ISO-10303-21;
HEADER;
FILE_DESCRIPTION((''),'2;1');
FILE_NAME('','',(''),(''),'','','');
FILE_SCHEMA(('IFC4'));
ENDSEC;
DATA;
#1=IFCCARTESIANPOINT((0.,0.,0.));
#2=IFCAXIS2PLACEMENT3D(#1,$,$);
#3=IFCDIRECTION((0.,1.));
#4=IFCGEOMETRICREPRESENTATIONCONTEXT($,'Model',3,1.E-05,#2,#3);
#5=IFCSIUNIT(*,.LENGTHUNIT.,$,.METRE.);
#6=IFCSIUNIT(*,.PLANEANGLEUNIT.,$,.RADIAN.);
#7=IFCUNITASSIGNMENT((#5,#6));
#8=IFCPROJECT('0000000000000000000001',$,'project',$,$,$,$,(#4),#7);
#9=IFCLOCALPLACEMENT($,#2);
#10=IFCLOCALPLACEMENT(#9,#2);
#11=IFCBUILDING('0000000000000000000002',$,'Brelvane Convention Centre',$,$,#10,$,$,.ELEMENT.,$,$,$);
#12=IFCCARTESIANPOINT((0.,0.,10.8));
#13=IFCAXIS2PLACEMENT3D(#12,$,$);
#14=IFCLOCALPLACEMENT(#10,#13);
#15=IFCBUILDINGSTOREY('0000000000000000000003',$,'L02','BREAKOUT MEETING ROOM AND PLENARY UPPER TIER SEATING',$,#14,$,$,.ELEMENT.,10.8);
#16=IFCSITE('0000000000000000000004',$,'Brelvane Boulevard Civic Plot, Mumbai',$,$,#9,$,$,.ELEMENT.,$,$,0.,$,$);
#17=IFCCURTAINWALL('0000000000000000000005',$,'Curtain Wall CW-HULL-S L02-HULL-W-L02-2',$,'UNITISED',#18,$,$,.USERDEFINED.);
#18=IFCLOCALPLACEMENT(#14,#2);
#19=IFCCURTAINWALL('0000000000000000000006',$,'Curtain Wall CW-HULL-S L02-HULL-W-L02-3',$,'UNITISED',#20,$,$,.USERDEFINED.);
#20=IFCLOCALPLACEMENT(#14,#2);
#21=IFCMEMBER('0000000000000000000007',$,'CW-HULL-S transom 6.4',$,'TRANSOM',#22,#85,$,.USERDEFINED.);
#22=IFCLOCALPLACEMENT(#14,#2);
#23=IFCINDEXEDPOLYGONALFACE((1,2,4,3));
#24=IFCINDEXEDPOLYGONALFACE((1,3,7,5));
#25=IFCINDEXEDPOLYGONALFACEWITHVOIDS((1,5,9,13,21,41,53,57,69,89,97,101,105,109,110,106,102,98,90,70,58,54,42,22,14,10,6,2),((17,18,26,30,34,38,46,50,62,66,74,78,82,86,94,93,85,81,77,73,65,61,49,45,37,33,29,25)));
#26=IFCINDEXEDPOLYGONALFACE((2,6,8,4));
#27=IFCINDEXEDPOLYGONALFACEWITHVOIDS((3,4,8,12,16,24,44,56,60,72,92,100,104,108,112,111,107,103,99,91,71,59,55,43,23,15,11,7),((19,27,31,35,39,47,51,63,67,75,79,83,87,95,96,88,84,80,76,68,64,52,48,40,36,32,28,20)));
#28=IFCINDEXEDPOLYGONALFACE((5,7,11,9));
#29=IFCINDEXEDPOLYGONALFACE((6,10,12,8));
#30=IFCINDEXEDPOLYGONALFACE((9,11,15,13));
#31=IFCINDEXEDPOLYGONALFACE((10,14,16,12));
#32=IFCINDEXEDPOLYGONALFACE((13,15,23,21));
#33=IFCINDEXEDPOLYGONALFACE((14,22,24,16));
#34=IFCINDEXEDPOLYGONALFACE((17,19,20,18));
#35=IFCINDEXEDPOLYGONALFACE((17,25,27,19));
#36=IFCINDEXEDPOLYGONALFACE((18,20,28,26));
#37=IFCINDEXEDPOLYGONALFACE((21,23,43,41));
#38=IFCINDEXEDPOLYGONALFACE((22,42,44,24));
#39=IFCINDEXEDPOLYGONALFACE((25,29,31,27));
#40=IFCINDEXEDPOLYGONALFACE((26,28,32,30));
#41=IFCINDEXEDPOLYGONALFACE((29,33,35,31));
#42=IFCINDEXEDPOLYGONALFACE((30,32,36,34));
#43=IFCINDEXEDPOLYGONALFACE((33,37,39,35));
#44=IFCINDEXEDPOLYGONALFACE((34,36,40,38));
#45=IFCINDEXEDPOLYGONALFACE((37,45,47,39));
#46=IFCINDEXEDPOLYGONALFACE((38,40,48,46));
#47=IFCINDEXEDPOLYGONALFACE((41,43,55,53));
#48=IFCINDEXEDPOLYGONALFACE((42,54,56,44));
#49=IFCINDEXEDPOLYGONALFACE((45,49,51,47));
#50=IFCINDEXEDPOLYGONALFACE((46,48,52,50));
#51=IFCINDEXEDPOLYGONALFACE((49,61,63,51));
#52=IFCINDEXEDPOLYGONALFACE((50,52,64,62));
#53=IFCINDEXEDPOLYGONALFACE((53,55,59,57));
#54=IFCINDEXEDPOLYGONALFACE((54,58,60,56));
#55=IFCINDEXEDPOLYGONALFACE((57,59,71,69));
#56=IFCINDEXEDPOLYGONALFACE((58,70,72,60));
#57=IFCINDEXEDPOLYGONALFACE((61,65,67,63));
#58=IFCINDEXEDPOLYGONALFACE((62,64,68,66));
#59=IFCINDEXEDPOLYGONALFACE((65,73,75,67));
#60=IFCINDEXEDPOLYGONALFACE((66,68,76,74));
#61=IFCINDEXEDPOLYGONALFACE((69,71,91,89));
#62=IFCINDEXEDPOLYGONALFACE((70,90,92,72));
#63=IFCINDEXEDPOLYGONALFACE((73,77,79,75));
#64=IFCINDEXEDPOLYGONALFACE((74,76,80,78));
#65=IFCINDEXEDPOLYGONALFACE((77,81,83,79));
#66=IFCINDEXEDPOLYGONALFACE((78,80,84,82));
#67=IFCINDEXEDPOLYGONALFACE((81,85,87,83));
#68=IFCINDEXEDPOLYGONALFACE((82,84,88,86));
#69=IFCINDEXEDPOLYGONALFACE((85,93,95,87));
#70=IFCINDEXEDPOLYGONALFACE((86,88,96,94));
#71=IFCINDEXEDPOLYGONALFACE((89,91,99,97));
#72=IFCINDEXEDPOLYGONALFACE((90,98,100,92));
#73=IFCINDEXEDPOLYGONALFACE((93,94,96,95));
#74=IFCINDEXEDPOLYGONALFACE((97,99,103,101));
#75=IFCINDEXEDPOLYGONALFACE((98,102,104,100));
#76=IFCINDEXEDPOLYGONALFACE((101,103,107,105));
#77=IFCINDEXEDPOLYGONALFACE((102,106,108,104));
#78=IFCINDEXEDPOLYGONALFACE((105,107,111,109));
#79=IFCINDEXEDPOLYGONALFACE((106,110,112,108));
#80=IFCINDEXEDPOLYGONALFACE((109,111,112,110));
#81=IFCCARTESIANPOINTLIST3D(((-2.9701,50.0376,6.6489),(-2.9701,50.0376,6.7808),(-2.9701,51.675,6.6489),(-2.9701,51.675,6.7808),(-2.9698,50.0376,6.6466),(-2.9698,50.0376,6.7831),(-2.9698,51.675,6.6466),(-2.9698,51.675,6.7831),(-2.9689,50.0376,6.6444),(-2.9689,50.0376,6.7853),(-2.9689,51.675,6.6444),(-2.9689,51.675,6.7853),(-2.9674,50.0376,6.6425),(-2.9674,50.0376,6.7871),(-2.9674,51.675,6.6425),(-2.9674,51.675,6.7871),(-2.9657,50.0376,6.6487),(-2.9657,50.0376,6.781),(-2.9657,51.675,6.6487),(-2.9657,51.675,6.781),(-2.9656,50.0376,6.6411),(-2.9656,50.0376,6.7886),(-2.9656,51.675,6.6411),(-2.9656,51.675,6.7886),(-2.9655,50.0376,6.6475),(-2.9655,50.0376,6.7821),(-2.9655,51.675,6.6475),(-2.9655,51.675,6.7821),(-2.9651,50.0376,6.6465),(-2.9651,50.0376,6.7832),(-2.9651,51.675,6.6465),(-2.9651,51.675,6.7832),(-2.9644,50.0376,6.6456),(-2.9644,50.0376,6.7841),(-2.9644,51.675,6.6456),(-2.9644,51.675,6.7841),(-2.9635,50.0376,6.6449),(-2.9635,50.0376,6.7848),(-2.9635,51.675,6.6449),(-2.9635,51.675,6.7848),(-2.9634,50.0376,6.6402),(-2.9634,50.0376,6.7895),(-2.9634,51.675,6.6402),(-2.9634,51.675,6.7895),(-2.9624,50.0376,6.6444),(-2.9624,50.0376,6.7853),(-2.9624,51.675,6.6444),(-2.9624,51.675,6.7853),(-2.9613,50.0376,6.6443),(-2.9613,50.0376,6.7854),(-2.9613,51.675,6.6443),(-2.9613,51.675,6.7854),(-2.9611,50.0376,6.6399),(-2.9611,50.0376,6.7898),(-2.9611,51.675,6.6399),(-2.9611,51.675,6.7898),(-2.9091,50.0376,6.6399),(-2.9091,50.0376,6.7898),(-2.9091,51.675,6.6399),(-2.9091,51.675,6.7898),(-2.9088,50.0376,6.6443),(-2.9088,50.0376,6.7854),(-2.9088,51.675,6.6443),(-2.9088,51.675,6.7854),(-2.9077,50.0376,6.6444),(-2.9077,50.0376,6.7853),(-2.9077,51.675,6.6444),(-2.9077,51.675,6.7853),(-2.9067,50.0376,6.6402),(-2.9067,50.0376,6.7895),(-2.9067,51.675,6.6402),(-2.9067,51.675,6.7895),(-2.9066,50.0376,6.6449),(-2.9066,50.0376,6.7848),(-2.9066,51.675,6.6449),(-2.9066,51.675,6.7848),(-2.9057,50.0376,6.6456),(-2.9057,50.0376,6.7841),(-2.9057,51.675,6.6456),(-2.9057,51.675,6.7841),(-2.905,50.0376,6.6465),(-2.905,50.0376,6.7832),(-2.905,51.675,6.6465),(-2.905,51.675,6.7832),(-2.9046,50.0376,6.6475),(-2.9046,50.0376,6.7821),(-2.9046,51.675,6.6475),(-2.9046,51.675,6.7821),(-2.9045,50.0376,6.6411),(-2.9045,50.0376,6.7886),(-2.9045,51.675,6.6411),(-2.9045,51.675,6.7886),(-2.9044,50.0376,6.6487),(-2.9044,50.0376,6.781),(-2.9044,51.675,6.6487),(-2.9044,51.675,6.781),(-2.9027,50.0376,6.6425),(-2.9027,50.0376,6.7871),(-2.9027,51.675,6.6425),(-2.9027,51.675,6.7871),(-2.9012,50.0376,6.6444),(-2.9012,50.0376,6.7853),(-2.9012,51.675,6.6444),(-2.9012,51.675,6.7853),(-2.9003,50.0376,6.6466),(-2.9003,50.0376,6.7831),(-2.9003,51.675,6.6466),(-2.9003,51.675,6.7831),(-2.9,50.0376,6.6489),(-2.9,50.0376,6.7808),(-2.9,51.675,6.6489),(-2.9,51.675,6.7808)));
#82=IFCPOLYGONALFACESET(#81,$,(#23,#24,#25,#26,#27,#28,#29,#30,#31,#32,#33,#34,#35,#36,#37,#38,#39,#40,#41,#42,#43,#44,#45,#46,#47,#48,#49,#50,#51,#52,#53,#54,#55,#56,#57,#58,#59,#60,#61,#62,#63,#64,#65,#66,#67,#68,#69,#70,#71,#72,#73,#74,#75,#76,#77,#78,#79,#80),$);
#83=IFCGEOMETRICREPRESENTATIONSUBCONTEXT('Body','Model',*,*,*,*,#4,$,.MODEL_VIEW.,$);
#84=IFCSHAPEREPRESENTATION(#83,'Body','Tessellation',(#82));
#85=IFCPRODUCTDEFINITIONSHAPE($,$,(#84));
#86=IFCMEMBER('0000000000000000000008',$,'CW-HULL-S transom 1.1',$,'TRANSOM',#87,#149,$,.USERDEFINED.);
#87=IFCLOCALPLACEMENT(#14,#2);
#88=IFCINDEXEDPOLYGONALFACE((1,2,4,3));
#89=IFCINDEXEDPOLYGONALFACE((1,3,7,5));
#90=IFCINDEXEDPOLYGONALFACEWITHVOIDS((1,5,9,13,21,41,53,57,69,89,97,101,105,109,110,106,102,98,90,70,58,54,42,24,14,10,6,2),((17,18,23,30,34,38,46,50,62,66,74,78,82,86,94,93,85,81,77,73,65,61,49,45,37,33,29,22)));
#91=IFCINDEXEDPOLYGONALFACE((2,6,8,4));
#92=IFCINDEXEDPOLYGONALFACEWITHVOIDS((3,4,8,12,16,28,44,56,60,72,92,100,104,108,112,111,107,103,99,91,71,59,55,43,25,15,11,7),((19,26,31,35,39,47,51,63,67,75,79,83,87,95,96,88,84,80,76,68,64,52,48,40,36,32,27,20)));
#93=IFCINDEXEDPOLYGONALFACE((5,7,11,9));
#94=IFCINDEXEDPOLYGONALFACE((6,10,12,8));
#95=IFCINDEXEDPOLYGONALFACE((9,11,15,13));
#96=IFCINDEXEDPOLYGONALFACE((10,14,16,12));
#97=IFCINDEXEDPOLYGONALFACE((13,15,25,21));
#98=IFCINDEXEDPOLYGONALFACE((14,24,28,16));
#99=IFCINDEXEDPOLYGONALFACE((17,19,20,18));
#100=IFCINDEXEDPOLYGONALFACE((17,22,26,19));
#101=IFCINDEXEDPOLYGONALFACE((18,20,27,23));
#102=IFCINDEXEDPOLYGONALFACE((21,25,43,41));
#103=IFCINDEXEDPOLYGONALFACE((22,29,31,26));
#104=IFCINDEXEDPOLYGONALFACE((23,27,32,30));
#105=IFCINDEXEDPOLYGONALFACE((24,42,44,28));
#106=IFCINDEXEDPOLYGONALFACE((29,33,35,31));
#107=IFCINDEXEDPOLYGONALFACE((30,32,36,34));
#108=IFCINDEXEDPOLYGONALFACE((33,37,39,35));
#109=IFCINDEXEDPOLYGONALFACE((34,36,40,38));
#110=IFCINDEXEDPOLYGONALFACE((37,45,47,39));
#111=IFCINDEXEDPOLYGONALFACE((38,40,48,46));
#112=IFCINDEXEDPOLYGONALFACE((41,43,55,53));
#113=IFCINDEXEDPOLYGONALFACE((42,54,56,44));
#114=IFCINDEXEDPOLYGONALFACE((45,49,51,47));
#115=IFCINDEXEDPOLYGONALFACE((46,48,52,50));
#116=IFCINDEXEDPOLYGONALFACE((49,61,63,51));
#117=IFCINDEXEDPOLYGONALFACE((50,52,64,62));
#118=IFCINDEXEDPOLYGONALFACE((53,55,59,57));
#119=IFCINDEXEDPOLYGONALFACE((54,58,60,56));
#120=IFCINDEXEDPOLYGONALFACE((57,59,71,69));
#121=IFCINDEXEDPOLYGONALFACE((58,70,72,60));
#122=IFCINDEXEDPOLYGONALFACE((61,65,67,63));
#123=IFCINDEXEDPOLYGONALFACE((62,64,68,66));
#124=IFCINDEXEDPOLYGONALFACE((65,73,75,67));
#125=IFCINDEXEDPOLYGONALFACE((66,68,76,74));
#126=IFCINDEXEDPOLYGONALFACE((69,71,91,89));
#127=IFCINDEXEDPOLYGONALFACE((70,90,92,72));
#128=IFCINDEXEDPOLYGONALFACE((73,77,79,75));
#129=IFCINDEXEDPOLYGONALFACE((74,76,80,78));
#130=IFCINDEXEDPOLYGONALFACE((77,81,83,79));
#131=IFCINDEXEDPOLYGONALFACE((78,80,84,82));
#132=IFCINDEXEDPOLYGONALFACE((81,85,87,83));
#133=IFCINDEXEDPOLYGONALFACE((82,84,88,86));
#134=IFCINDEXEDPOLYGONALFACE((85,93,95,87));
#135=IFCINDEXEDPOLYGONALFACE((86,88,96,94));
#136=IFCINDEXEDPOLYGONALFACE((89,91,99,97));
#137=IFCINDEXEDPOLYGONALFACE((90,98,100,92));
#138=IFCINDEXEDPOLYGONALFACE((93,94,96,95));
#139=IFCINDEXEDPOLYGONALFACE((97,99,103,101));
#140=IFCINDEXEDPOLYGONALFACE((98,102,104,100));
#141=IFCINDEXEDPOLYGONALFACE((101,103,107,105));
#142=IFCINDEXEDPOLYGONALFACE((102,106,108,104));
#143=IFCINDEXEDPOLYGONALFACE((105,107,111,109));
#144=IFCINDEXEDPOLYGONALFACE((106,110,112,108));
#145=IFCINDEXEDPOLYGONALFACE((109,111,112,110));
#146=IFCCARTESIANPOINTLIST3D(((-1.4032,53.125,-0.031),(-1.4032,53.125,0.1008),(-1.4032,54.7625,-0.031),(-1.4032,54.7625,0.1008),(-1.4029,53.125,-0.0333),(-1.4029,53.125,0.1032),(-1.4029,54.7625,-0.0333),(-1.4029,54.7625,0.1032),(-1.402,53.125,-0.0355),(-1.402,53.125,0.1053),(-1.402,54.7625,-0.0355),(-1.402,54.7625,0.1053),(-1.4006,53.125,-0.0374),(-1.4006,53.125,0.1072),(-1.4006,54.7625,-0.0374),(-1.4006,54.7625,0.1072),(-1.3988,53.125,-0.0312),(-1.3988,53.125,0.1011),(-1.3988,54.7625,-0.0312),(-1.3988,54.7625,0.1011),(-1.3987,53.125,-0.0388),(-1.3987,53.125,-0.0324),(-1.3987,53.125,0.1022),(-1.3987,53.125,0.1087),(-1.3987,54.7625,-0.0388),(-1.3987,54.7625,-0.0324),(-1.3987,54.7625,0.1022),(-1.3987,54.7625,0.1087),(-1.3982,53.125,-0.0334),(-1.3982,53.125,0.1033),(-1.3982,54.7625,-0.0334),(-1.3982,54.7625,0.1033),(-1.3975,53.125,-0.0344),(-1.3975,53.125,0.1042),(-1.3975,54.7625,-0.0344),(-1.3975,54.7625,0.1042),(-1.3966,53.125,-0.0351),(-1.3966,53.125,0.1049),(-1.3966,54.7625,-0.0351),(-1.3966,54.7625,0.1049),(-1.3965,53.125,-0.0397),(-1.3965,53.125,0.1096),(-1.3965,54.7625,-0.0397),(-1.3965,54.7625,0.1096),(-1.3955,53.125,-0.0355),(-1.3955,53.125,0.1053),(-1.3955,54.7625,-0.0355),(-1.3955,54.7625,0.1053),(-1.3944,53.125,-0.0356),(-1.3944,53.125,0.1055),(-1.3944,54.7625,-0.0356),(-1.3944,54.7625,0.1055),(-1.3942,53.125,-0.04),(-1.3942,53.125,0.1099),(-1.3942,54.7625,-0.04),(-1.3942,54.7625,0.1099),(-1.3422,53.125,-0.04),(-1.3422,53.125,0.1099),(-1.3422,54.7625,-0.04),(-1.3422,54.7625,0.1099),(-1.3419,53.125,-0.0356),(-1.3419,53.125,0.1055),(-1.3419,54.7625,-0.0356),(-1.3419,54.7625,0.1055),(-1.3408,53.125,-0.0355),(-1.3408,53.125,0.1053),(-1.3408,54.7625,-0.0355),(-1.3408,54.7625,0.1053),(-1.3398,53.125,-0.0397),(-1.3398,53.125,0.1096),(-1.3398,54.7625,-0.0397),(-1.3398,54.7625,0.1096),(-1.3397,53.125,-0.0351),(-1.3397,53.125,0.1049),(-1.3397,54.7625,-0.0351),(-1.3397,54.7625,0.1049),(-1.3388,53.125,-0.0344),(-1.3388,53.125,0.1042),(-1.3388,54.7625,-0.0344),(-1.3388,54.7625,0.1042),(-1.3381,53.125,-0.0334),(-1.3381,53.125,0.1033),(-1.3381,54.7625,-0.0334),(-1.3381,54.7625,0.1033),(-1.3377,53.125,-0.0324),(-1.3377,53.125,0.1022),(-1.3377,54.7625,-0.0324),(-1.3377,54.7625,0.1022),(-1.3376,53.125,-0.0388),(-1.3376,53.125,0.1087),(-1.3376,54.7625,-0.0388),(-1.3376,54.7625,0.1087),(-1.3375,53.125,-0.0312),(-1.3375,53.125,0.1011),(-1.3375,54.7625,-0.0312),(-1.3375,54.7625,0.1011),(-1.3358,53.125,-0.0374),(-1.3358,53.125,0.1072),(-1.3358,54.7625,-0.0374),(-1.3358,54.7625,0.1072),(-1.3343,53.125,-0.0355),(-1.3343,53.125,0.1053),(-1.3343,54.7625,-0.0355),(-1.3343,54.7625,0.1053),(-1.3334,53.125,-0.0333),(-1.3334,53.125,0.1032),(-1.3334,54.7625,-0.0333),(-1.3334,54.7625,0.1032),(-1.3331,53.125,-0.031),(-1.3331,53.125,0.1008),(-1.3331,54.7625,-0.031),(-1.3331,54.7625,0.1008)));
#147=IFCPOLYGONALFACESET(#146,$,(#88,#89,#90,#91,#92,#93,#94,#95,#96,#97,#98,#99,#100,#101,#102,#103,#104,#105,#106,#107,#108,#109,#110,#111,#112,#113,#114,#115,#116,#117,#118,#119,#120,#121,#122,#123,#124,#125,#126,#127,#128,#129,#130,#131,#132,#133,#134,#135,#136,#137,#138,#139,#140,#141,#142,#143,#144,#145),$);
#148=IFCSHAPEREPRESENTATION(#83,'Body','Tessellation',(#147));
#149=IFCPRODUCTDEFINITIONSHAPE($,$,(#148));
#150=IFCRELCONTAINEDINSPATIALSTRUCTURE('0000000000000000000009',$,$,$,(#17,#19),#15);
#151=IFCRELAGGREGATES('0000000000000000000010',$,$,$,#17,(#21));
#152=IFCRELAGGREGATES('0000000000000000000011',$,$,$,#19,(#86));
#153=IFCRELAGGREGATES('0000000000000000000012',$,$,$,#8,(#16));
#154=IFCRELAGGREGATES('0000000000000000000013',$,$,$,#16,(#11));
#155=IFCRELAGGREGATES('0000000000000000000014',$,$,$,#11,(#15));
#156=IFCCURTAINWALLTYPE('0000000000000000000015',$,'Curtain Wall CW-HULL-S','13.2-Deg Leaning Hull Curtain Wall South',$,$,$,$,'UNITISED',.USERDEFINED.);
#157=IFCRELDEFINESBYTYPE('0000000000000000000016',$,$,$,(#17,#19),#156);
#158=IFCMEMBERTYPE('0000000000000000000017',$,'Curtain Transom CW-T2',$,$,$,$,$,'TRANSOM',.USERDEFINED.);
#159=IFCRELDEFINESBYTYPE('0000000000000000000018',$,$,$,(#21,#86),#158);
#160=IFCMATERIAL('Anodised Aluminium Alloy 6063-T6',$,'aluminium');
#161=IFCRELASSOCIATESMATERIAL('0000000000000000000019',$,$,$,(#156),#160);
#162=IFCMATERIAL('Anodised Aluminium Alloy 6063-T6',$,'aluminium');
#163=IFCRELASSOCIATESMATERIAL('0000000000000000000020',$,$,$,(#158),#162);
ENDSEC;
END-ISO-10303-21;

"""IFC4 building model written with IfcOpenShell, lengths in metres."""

from ifc_helpers import new_model, si_unit, direction, frame, origin, origin_2d, place, context, subcontext, project, spatial, hollow_rectangle, extrude, material, material_profile, profile_set, type_object, element, aggregate, save


model = new_model("IFC4")

# Units and contexts
model_context = context("Model", 3, precision=1e-05, world=origin(), true_north=direction((0.0, 1.0)))
body_context = subcontext(model_context, "Body", "Model", "MODEL_VIEW")
ifc_project = project(units=[si_unit("LENGTHUNIT", "METRE"), si_unit("PLANEANGLEUNIT", "RADIAN")], contexts=[model_context])

# Site, building, storey
site_placement = place(None, origin())
site = spatial("IfcSite", under=ifc_project, at=site_placement, Name="Brelvane Boulevard Civic Plot, Mumbai", CompositionType="ELEMENT", RefElevation=0.0)
building_placement = place(site_placement, origin())
building = spatial("IfcBuilding", under=site, at=building_placement, Name="Brelvane Convention Centre", CompositionType="ELEMENT")
storey_placement = place(building_placement, frame((0.0, 0.0, 10.8)))
storey = spatial("IfcBuildingStorey", under=building, at=storey_placement, Name="L02", Description="BREAKOUT MEETING ROOM AND PLENARY UPPER TIER SEATING", CompositionType="ELEMENT", Elevation=10.8)

# Curtain walls
ifc_material_1 = material(Name="Anodised Aluminium Alloy 6063-T6", Category="aluminium")
curtain_wall_type = type_object("IfcCurtainWallType", Name="Curtain Wall CW-HULL-S", Description="13.2-Deg Leaning Hull Curtain Wall South", ElementType="UNITISED", PredefinedType="USERDEFINED", material=ifc_material_1)
curtain_wall_1_placement = place(storey_placement, origin())
curtain_wall_1 = element("IfcCurtainWall", 1, at=curtain_wall_1_placement, inside=storey, type_object=curtain_wall_type, Name="Curtain Wall CW-HULL-S L02-HULL-W-L02-2", ObjectType="UNITISED", PredefinedType="USERDEFINED")
curtain_wall_2_placement = place(storey_placement, origin())
curtain_wall_2 = element("IfcCurtainWall", 2, at=curtain_wall_2_placement, inside=storey, type_object=curtain_wall_type, Name="Curtain Wall CW-HULL-S L02-HULL-W-L02-3", ObjectType="UNITISED", PredefinedType="USERDEFINED")

# Members
ifc_material_2 = material(Name="Anodised Aluminium Alloy 6063-T6", Category="aluminium")
ifc_material_profile_1 = material_profile(ifc_material_2, hollow_rectangle(XDim=0.0701, YDim=0.1499, WallThickness=0.0044, InnerFilletRadius=0.0044, OuterFilletRadius=0.009, at=origin_2d()), Name="ALU-T 150x70x4.5")
ifc_profile_set_1 = profile_set([ifc_material_profile_1], Name="Anodised Aluminium Alloy 6063-T6")
member_type_1 = type_object("IfcMemberType", Name="Curtain Transom CW-T2", ElementType="TRANSOM", PredefinedType="USERDEFINED", material=ifc_profile_set_1)
member_1_placement = place(storey_placement, frame((-2.9351, 50.0376, 6.7148), z_axis=(0.0, 1.0, 0.0), x_axis=(-1.0, 0.0, 0.0)))
member_1 = element("IfcMember", 3, at=member_1_placement, type_object=member_type_1, Name="CW-HULL-S transom 6.4", ObjectType="TRANSOM", PredefinedType="USERDEFINED", context=body_context, shape_type="SweptSolid", body=[
    extrude(hollow_rectangle(XDim=0.0701, YDim=0.1499, WallThickness=0.0044, InnerFilletRadius=0.0044, OuterFilletRadius=0.009, at=origin_2d()), origin(), (0.0, 0.0, 1.0), 1.6375),
])
member_2_placement = place(storey_placement, frame((-1.3682, 53.125, 0.0349), z_axis=(0.0, 1.0, 0.0), x_axis=(-1.0, 0.0, 0.0)))
member_2 = element("IfcMember", 4, at=member_2_placement, type_object=member_type_1, Name="CW-HULL-S transom 1.1", ObjectType="TRANSOM", PredefinedType="USERDEFINED", context=body_context, shape_type="SweptSolid", body=[
    extrude(hollow_rectangle(XDim=0.0701, YDim=0.1499, WallThickness=0.0044, InnerFilletRadius=0.0044, OuterFilletRadius=0.009, at=origin_2d()), origin(), (0.0, 0.0, 1.0), 1.6375),
])

aggregate(curtain_wall_1, [member_1])
aggregate(curtain_wall_2, [member_2])

save(model, "model.ifc")
